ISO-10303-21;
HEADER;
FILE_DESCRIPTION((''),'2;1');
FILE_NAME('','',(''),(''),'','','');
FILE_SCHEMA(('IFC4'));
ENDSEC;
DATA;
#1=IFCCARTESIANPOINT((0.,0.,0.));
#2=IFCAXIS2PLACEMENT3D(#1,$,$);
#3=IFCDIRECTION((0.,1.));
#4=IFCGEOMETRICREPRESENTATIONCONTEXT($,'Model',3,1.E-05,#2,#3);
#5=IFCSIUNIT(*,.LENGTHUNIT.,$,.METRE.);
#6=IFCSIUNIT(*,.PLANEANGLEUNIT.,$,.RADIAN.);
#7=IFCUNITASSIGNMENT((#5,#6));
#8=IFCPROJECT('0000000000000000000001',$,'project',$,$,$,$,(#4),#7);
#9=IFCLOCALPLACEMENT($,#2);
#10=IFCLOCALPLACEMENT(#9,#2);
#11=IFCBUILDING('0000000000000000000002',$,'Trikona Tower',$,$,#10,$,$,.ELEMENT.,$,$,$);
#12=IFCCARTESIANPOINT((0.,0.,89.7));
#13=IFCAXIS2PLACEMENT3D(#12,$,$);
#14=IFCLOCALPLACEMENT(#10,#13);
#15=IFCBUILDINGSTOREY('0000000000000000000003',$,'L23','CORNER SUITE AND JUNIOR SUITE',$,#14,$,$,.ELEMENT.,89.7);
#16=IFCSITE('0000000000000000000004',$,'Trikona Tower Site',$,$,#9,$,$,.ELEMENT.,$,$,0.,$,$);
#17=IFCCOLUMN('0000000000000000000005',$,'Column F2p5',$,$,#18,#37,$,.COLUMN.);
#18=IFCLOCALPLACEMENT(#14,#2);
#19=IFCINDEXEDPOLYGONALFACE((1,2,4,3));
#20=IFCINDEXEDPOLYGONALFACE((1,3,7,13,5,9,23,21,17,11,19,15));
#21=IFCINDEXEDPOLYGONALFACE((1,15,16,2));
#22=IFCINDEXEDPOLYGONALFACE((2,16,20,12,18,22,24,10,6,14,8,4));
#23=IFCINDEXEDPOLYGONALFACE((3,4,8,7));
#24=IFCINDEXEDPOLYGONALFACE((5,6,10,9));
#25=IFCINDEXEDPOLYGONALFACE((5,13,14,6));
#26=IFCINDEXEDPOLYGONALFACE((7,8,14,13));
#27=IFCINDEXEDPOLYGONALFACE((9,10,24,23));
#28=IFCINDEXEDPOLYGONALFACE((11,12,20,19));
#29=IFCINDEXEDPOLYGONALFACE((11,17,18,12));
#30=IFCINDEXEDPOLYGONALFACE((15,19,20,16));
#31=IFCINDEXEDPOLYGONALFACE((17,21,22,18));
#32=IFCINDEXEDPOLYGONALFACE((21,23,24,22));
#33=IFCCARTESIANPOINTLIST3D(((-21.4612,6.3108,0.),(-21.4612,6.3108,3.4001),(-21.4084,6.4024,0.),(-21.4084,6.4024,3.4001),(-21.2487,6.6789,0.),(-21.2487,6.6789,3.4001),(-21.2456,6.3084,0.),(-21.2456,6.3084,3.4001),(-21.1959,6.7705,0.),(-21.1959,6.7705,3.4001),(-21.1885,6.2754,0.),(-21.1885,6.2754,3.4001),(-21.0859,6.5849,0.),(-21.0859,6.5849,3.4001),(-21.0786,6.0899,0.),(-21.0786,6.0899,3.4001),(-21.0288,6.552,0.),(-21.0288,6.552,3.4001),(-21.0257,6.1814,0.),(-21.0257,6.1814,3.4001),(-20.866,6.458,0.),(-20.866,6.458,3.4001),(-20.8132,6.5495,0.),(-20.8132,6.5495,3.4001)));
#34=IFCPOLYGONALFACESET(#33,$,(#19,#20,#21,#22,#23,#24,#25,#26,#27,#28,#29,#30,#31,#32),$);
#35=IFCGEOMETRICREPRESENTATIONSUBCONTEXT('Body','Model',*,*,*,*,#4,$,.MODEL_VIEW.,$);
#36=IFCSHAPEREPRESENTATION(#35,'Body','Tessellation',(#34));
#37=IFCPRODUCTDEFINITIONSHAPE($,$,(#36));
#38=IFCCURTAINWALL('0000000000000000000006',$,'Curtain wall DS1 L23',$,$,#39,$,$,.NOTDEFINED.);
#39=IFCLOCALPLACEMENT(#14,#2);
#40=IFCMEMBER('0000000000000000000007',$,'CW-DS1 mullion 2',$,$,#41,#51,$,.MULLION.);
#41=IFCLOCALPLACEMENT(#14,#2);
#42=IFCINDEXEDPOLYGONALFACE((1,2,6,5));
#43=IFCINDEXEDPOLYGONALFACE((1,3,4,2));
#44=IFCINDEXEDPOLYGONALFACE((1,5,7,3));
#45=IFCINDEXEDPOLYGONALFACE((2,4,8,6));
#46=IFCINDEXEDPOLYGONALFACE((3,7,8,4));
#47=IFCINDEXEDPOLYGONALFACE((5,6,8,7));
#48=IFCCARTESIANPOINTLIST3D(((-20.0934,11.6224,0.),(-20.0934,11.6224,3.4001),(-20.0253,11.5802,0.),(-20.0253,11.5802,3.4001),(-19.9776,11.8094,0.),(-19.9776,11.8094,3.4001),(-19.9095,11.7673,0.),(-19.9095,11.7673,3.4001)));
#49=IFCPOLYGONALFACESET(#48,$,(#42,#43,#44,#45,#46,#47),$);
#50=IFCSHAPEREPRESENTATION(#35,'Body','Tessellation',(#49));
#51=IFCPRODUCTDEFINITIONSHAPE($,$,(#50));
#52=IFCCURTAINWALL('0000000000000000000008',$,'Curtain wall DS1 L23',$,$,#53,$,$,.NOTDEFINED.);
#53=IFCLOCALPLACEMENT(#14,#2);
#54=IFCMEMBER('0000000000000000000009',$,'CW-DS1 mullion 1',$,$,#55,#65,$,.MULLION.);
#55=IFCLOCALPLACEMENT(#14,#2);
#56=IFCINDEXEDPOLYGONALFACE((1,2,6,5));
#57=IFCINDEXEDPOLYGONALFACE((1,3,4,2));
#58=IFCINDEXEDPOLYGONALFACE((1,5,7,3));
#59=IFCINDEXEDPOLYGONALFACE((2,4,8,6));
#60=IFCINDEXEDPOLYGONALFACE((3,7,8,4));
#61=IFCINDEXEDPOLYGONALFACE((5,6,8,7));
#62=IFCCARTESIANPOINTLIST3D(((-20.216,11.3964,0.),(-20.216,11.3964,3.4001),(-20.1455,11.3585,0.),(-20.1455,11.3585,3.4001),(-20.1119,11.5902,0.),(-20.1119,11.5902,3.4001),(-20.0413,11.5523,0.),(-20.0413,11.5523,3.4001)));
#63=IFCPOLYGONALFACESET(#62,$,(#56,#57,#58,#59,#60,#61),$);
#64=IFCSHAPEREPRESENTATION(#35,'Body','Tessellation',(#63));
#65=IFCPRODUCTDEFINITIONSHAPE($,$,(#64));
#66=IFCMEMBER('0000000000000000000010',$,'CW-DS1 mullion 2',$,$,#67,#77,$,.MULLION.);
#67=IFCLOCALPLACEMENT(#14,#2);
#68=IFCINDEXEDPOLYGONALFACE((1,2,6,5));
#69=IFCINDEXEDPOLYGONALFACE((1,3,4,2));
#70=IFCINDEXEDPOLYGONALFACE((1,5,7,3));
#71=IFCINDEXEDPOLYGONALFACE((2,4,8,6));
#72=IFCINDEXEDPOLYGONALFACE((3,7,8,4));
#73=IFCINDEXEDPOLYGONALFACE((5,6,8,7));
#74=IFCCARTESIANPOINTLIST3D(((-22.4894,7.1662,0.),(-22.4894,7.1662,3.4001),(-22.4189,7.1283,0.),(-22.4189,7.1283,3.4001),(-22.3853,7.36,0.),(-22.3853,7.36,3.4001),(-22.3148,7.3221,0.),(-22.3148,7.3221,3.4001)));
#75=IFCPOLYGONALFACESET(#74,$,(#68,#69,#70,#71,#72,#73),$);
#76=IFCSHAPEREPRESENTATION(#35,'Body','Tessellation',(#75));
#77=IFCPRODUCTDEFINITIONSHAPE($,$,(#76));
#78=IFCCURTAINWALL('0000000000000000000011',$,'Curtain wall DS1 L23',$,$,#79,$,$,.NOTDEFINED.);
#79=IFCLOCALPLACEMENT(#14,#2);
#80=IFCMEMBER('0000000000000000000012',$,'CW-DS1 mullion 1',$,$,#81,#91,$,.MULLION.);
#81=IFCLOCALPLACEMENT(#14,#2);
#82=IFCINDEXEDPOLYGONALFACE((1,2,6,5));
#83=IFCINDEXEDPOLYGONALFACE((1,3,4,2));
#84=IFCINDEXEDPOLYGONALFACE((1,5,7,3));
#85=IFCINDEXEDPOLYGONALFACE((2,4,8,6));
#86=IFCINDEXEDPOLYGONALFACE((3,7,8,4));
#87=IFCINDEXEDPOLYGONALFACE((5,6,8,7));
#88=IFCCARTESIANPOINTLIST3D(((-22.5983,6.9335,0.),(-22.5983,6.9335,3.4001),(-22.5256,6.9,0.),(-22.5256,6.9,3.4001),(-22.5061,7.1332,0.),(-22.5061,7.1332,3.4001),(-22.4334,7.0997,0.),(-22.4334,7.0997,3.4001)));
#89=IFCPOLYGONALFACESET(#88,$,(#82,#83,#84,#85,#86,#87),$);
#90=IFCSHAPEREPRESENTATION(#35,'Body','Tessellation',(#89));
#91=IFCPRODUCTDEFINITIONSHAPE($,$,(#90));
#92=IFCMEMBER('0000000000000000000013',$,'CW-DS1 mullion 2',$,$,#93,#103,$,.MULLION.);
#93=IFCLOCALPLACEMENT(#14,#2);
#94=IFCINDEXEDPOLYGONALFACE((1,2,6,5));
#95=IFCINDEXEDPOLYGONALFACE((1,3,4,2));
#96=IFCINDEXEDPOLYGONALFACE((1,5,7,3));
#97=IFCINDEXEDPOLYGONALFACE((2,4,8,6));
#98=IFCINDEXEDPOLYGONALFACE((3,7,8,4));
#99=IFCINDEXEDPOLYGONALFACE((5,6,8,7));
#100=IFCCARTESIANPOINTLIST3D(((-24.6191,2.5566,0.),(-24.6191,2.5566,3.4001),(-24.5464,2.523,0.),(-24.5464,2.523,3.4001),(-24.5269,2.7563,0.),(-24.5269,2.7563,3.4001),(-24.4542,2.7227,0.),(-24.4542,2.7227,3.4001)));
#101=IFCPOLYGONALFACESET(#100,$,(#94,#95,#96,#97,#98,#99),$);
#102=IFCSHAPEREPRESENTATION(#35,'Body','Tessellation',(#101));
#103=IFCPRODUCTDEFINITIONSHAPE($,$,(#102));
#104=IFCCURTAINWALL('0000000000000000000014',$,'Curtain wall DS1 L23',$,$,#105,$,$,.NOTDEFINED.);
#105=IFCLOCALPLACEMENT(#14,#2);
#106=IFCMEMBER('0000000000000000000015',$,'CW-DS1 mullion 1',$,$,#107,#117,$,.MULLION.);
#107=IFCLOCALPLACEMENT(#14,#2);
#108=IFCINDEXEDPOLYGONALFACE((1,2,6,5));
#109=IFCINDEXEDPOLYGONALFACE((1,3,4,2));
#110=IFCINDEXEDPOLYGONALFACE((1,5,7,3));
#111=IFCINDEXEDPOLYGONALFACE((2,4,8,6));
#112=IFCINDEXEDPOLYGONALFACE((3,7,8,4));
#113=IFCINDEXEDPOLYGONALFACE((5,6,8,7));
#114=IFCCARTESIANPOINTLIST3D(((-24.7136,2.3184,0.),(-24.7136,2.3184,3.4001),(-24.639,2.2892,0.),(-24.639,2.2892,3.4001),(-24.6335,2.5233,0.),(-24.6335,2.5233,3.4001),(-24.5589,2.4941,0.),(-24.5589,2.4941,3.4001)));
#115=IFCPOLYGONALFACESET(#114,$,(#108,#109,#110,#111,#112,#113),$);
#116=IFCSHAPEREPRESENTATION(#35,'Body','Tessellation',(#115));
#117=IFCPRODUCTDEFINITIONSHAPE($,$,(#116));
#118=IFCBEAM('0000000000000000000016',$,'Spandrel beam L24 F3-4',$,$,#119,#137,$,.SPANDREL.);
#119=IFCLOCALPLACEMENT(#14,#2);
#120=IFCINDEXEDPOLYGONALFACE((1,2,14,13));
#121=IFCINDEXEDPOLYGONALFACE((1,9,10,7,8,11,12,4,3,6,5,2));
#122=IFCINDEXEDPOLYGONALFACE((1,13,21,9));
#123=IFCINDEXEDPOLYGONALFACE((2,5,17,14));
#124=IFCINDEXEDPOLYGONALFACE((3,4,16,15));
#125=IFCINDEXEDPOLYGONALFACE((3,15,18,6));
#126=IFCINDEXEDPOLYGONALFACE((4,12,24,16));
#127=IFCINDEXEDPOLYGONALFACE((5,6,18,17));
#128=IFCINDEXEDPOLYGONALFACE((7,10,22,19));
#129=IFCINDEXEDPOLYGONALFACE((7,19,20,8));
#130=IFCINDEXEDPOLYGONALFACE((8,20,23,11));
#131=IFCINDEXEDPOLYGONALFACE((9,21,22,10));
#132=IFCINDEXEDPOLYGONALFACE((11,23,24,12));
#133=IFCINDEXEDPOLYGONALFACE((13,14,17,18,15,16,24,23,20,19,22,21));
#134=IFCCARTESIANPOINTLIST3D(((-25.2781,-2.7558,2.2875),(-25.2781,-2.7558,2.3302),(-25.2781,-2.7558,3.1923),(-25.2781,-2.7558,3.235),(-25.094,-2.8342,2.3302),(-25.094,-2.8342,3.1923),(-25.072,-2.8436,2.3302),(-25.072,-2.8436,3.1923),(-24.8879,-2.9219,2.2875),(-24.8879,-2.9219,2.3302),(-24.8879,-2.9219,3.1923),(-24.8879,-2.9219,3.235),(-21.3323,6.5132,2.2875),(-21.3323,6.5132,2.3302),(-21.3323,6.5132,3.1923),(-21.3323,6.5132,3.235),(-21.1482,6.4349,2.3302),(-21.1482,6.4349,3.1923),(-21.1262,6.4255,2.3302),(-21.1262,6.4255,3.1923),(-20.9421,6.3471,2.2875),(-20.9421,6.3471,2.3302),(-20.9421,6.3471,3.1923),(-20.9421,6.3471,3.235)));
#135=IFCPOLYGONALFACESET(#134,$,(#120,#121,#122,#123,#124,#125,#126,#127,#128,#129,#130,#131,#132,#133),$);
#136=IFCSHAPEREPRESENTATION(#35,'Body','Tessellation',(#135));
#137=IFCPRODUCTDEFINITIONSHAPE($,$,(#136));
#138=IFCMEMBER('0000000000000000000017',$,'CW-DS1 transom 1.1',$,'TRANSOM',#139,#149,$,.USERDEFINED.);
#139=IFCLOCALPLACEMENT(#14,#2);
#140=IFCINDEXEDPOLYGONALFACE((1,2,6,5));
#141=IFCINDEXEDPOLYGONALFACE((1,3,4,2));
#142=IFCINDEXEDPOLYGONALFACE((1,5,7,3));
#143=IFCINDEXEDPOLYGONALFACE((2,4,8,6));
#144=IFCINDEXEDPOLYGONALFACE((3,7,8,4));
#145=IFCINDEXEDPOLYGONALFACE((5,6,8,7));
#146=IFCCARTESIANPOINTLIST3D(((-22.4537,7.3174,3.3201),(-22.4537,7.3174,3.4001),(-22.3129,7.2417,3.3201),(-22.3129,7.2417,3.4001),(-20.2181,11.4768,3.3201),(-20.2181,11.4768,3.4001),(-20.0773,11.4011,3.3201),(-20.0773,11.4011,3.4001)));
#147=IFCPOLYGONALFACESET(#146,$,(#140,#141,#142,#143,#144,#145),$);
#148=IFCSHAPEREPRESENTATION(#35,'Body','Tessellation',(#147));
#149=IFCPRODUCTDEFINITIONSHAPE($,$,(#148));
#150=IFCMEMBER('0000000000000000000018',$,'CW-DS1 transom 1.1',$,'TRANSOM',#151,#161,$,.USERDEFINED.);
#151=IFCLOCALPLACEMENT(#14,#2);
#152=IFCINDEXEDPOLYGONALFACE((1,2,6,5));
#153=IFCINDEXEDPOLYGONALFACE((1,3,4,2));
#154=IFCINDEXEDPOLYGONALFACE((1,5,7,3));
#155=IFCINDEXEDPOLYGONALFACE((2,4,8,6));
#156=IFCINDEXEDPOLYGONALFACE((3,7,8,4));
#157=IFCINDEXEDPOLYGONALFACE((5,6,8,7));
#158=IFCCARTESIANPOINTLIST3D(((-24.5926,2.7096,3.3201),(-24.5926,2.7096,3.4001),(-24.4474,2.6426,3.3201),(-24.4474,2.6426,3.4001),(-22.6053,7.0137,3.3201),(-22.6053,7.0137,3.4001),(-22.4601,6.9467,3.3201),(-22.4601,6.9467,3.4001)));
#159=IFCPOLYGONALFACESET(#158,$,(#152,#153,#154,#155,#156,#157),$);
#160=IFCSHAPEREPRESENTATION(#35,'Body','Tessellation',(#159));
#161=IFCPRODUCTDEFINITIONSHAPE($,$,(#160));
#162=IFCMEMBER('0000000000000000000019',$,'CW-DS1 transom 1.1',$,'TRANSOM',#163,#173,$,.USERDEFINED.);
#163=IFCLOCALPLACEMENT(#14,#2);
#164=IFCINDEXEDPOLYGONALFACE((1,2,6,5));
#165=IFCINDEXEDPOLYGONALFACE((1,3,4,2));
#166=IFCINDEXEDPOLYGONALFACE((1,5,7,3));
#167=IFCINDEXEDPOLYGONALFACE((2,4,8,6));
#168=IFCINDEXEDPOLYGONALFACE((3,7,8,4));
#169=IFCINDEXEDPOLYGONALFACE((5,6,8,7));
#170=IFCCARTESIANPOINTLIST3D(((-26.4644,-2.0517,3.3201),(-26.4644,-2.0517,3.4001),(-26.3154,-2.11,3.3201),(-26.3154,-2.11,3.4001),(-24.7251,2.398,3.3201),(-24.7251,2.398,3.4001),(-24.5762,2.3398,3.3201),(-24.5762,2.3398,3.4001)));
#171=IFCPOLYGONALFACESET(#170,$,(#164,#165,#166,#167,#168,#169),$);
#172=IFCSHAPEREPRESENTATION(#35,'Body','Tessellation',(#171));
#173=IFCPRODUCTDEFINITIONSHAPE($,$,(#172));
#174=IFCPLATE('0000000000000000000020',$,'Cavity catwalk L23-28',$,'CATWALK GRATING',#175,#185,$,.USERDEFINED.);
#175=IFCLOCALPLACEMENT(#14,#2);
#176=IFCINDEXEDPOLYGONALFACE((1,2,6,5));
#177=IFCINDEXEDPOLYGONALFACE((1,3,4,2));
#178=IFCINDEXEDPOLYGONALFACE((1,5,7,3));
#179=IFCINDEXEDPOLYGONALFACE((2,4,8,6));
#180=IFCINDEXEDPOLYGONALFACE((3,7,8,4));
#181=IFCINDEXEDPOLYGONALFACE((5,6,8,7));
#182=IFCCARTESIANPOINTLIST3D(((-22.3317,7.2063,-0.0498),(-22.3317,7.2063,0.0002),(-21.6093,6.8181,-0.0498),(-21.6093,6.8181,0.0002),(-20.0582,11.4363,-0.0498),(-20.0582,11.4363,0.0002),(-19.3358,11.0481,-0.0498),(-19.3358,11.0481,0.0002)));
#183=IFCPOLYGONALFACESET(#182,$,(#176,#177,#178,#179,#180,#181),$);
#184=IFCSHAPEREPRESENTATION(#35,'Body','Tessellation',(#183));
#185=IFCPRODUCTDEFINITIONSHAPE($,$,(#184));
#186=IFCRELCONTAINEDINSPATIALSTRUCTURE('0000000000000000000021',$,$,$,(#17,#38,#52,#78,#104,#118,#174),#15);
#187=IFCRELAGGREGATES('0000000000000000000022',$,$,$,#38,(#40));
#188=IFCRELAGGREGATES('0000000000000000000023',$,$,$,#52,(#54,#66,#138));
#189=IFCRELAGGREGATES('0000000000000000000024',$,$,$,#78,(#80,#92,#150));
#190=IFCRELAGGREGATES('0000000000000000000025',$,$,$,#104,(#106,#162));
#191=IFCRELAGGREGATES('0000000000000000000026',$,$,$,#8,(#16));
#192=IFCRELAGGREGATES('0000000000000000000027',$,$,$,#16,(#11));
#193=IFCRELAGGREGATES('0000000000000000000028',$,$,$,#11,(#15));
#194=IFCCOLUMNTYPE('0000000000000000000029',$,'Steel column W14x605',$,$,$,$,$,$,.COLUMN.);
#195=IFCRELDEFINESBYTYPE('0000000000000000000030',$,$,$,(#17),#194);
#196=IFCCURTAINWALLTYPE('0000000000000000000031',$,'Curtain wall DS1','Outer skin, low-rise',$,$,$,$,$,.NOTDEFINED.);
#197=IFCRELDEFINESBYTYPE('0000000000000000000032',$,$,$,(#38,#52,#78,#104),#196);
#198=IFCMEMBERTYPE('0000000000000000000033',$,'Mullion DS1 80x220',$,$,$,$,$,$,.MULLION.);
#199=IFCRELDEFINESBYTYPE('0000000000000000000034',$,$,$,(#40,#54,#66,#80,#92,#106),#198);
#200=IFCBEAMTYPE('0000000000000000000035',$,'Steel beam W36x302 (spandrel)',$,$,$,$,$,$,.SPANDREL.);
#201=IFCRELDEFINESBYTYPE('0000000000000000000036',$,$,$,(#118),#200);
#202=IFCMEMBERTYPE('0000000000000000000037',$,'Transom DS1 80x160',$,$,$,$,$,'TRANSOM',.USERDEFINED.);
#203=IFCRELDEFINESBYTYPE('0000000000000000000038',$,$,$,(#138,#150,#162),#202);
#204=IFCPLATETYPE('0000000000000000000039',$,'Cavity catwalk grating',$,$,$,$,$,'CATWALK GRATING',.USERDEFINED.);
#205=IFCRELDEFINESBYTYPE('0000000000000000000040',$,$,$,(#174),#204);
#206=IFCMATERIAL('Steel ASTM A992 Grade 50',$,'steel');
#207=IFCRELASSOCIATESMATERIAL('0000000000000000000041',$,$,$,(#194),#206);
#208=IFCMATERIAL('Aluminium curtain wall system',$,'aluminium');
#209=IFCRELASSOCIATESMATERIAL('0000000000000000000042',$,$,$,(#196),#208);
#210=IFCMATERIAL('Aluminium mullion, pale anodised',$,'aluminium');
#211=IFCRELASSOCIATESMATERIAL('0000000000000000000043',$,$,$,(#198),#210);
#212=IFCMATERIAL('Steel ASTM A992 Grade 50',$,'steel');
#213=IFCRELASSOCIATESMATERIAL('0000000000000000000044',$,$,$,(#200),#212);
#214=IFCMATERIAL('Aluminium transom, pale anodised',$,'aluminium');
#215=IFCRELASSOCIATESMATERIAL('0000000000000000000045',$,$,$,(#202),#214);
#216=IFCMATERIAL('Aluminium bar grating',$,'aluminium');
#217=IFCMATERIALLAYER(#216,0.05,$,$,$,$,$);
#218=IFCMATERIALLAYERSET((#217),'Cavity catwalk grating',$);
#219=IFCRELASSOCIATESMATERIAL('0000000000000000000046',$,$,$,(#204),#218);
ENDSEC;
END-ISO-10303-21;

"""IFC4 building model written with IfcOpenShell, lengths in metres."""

from ifc_helpers import new_model, si_unit, direction, frame, origin, origin_2d, place, context, subcontext, project, spatial, rectangle, i_section, extrude, material, layer, layer_set, material_profile, profile_set, type_object, element, aggregate, save


model = new_model("IFC4")

# Units and contexts
model_context = context("Model", 3, precision=1e-05, world=origin(), true_north=direction((0.0, 1.0)))
body_context = subcontext(model_context, "Body", "Model", "MODEL_VIEW")
ifc_project = project(units=[si_unit("LENGTHUNIT", "METRE"), si_unit("PLANEANGLEUNIT", "RADIAN")], contexts=[model_context])

# Site, building, storey
site_placement = place(None, origin())
site = spatial("IfcSite", under=ifc_project, at=site_placement, Name="Trikona Tower Site", CompositionType="ELEMENT", RefElevation=0.0)
building_placement = place(site_placement, origin())
building = spatial("IfcBuilding", under=site, at=building_placement, Name="Trikona Tower", CompositionType="ELEMENT")
storey_placement = place(building_placement, frame((0.0, 0.0, 89.7)))
storey = spatial("IfcBuildingStorey", under=building, at=storey_placement, Name="L23", Description="CORNER SUITE AND JUNIOR SUITE", CompositionType="ELEMENT", Elevation=89.7)

# Column
ifc_material_1 = material(Name="Steel ASTM A992 Grade 50", Category="steel")
ifc_material_profile_1 = material_profile(ifc_material_1, i_section(OverallWidth=0.4419, OverallDepth=0.5308, WebThickness=0.0659, FlangeThickness=0.1057, at=origin_2d()), Name="W14X605")
ifc_profile_set_1 = profile_set([ifc_material_profile_1], Name="Steel ASTM A992 Grade 50")
column_type = type_object("IfcColumnType", Name="Steel column W14x605", PredefinedType="COLUMN", material=ifc_profile_set_1)
column_placement = place(storey_placement, frame((-21.1372, 6.4302, 0.0), z_axis=(0.0, 0.0, 1.0), x_axis=(-0.866025, 0.5, 0.0)))
element("IfcColumn", 1, at=column_placement, inside=storey, type_object=column_type, Name="Column F2p5", PredefinedType="COLUMN", context=body_context, shape_type="SweptSolid", body=[
    extrude(i_section(OverallWidth=0.4419, OverallDepth=0.5308, WebThickness=0.0659, FlangeThickness=0.1057, at=origin_2d()), origin(), (0.0, 0.0, 1.0), 3.4001),
])

# Curtain wall, member
ifc_material_2 = material(Name="Aluminium curtain wall system", Category="aluminium")
curtain_wall_type = type_object("IfcCurtainWallType", Name="Curtain wall DS1", Description="Outer skin, low-rise", PredefinedType="NOTDEFINED", material=ifc_material_2)
curtain_wall_1_placement = place(storey_placement, origin())
curtain_wall_1 = element("IfcCurtainWall", 2, at=curtain_wall_1_placement, inside=storey, type_object=curtain_wall_type, Name="Curtain wall DS1 L23", PredefinedType="NOTDEFINED")
ifc_material_3 = material(Name="Aluminium mullion, pale anodised", Category="aluminium")
ifc_material_profile_2 = material_profile(ifc_material_3, rectangle(XDim=0.0801, YDim=0.22, at=origin_2d()), Name="MUL-DS1")
ifc_profile_set_2 = profile_set([ifc_material_profile_2], Name="Aluminium mullion, pale anodised")
member_type_1 = type_object("IfcMemberType", Name="Mullion DS1 80x220", PredefinedType="MULLION", material=ifc_profile_set_2)
member_1_placement = place(storey_placement, frame((-20.0015, 11.6948, 0.0), z_axis=(0.0, 0.0, 1.0), x_axis=(0.85041, -0.52612, 0.0)))
member_1 = element("IfcMember", 3, at=member_1_placement, type_object=member_type_1, Name="CW-DS1 mullion 2", PredefinedType="MULLION", context=body_context, shape_type="SweptSolid", body=[
    extrude(rectangle(XDim=0.0801, YDim=0.22, at=origin_2d()), origin(), (0.0, 0.0, 1.0), 3.4001),
])
aggregate(curtain_wall_1, [member_1])

# Curtain walls, members
curtain_wall_2_placement = place(storey_placement, origin())
curtain_wall_2 = element("IfcCurtainWall", 4, at=curtain_wall_2_placement, inside=storey, type_object=curtain_wall_type, Name="Curtain wall DS1 L23", PredefinedType="NOTDEFINED")
member_2_placement = place(storey_placement, frame((-20.1287, 11.4744, 0.0), z_axis=(0.0, 0.0, 1.0), x_axis=(0.880843, -0.473408, 0.0)))
member_2 = element("IfcMember", 5, at=member_2_placement, type_object=member_type_1, Name="CW-DS1 mullion 1", PredefinedType="MULLION", context=body_context, shape_type="SweptSolid", body=[
    extrude(rectangle(XDim=0.0801, YDim=0.22, at=origin_2d()), origin(), (0.0, 0.0, 1.0), 3.4001),
])
member_3_placement = place(storey_placement, frame((-22.4021, 7.2441, 0.0), z_axis=(0.0, 0.0, 1.0), x_axis=(0.880843, -0.473408, 0.0)))
member_3 = element("IfcMember", 6, at=member_3_placement, type_object=member_type_1, Name="CW-DS1 mullion 2", PredefinedType="MULLION", context=body_context, shape_type="SweptSolid", body=[
    extrude(rectangle(XDim=0.0801, YDim=0.22, at=origin_2d()), origin(), (0.0, 0.0, 1.0), 3.4001),
])
curtain_wall_3_placement = place(storey_placement, origin())
curtain_wall_3 = element("IfcCurtainWall", 7, at=curtain_wall_3_placement, inside=storey, type_object=curtain_wall_type, Name="Curtain wall DS1 L23", PredefinedType="NOTDEFINED")
member_4_placement = place(storey_placement, frame((-22.5159, 7.0166, 0.0), z_axis=(0.0, 0.0, 1.0), x_axis=(0.907898, -0.41919, 0.0)))
member_4 = element("IfcMember", 8, at=member_4_placement, type_object=member_type_1, Name="CW-DS1 mullion 1", PredefinedType="MULLION", context=body_context, shape_type="SweptSolid", body=[
    extrude(rectangle(XDim=0.0801, YDim=0.22, at=origin_2d()), origin(), (0.0, 0.0, 1.0), 3.4001),
])
member_5_placement = place(storey_placement, frame((-24.5366, 2.6396, 0.0), z_axis=(0.0, 0.0, 1.0), x_axis=(0.907898, -0.41919, 0.0)))
member_5 = element("IfcMember", 9, at=member_5_placement, type_object=member_type_1, Name="CW-DS1 mullion 2", PredefinedType="MULLION", context=body_context, shape_type="SweptSolid", body=[
    extrude(rectangle(XDim=0.0801, YDim=0.22, at=origin_2d()), origin(), (0.0, 0.0, 1.0), 3.4001),
])

# Curtain wall, member
curtain_wall_4_placement = place(storey_placement, origin())
curtain_wall_4 = element("IfcCurtainWall", 10, at=curtain_wall_4_placement, inside=storey, type_object=curtain_wall_type, Name="Curtain wall DS1 L23", PredefinedType="NOTDEFINED")
member_6_placement = place(storey_placement, frame((-24.6362, 2.4062, 0.0), z_axis=(0.0, 0.0, 1.0), x_axis=(0.931396, -0.364008, 0.0)))
member_6 = element("IfcMember", 11, at=member_6_placement, type_object=member_type_1, Name="CW-DS1 mullion 1", PredefinedType="MULLION", context=body_context, shape_type="SweptSolid", body=[
    extrude(rectangle(XDim=0.0801, YDim=0.22, at=origin_2d()), origin(), (0.0, 0.0, 1.0), 3.4001),
])

# Beam
ifc_material_4 = material(Name="Steel ASTM A992 Grade 50", Category="steel")
ifc_material_profile_3 = material_profile(ifc_material_4, i_section(OverallWidth=0.4241, OverallDepth=0.9475, WebThickness=0.0239, FlangeThickness=0.0427, at=origin_2d()), Name="W36X302")
ifc_profile_set_3 = profile_set([ifc_material_profile_3], Name="Steel ASTM A992 Grade 50")
beam_type = type_object("IfcBeamType", Name="Steel beam W36x302 (spandrel)", PredefinedType="SPANDREL", material=ifc_profile_set_3)
beam_placement = place(storey_placement, frame((-21.1372, 6.4302, 2.7612), z_axis=(-0.391684, -0.9201, 0.0), x_axis=(0.9201, -0.391684, 0.0)))
element("IfcBeam", 12, at=beam_placement, inside=storey, type_object=beam_type, Name="Spandrel beam L24 F3-4", PredefinedType="SPANDREL", context=body_context, shape_type="SweptSolid", body=[
    extrude(i_section(OverallWidth=0.4241, OverallDepth=0.9475, WebThickness=0.0239, FlangeThickness=0.0427, at=origin_2d()), origin(), (0.0, 0.0, 1.0), 10.074),
])

# Members
ifc_material_5 = material(Name="Aluminium transom, pale anodised", Category="aluminium")
ifc_material_profile_4 = material_profile(ifc_material_5, rectangle(XDim=0.1599, YDim=0.0801, at=origin_2d()), Name="TRN-DS1")
ifc_profile_set_4 = profile_set([ifc_material_profile_4], Name="Aluminium transom, pale anodised")
member_type_2 = type_object("IfcMemberType", Name="Transom DS1 80x160", ElementType="TRANSOM", PredefinedType="USERDEFINED", material=ifc_profile_set_4)
member_7_placement = place(storey_placement, frame((-20.1477, 11.439, 3.3601), z_axis=(-0.473428, -0.880833, 0.0), x_axis=(0.880833, -0.473428, 0.0)))
member_7 = element("IfcMember", 13, at=member_7_placement, type_object=member_type_2, Name="CW-DS1 transom 1.1", ObjectType="TRANSOM", PredefinedType="USERDEFINED", context=body_context, shape_type="SweptSolid", body=[
    extrude(rectangle(XDim=0.1599, YDim=0.0801, at=origin_2d()), origin(), (0.0, 0.0, 1.0), 4.7222),
])
member_8_placement = place(storey_placement, frame((-22.5327, 6.9802, 3.3601), z_axis=(-0.419189, -0.907899, 0.0), x_axis=(0.907899, -0.419189, 0.0)))
member_8 = element("IfcMember", 14, at=member_8_placement, type_object=member_type_2, Name="CW-DS1 transom 1.1", ObjectType="TRANSOM", PredefinedType="USERDEFINED", context=body_context, shape_type="SweptSolid", body=[
    extrude(rectangle(XDim=0.1599, YDim=0.0801, at=origin_2d()), origin(), (0.0, 0.0, 1.0), 4.7407),
])
member_9_placement = place(storey_placement, frame((-24.6506, 2.3689, 3.3601), z_axis=(-0.364049, -0.93138, 0.0), x_axis=(0.93138, -0.364049, 0.0)))
member_9 = element("IfcMember", 15, at=member_9_placement, type_object=member_type_2, Name="CW-DS1 transom 1.1", ObjectType="TRANSOM", PredefinedType="USERDEFINED", context=body_context, shape_type="SweptSolid", body=[
    extrude(rectangle(XDim=0.1599, YDim=0.0801, at=origin_2d()), origin(), (0.0, 0.0, 1.0), 4.7776),
])

# Plate
ifc_material_6 = material(Name="Aluminium bar grating", Category="aluminium")
ifc_layer_1 = layer(ifc_material_6, 0.05)
ifc_layer_set_1 = layer_set([ifc_layer_1], Name="Cavity catwalk grating")
plate_type_1 = type_object("IfcPlateType", Name="Cavity catwalk grating", ElementType="CATWALK GRATING", PredefinedType="USERDEFINED", material=ifc_layer_set_1)
plate_1_placement = place(storey_placement, frame((-20.8337, 9.1272, -0.0498), z_axis=(0.0, 0.0, 1.0), x_axis=(-0.473423, -0.880835, 0.0)))
element("IfcPlate", 16, at=plate_1_placement, inside=storey, type_object=plate_type_1, Name="Cavity catwalk L23-28", ObjectType="CATWALK GRATING", PredefinedType="USERDEFINED", context=body_context, shape_type="SweptSolid", body=[
    extrude(rectangle(XDim=4.8022, YDim=0.8201, at=origin_2d()), origin(), (0.0, 0.0, 1.0), 0.05),
])

aggregate(curtain_wall_2, [member_2, member_3, member_7])
aggregate(curtain_wall_3, [member_4, member_5, member_8])
aggregate(curtain_wall_4, [member_6, member_9])

save(model, "model.ifc")
